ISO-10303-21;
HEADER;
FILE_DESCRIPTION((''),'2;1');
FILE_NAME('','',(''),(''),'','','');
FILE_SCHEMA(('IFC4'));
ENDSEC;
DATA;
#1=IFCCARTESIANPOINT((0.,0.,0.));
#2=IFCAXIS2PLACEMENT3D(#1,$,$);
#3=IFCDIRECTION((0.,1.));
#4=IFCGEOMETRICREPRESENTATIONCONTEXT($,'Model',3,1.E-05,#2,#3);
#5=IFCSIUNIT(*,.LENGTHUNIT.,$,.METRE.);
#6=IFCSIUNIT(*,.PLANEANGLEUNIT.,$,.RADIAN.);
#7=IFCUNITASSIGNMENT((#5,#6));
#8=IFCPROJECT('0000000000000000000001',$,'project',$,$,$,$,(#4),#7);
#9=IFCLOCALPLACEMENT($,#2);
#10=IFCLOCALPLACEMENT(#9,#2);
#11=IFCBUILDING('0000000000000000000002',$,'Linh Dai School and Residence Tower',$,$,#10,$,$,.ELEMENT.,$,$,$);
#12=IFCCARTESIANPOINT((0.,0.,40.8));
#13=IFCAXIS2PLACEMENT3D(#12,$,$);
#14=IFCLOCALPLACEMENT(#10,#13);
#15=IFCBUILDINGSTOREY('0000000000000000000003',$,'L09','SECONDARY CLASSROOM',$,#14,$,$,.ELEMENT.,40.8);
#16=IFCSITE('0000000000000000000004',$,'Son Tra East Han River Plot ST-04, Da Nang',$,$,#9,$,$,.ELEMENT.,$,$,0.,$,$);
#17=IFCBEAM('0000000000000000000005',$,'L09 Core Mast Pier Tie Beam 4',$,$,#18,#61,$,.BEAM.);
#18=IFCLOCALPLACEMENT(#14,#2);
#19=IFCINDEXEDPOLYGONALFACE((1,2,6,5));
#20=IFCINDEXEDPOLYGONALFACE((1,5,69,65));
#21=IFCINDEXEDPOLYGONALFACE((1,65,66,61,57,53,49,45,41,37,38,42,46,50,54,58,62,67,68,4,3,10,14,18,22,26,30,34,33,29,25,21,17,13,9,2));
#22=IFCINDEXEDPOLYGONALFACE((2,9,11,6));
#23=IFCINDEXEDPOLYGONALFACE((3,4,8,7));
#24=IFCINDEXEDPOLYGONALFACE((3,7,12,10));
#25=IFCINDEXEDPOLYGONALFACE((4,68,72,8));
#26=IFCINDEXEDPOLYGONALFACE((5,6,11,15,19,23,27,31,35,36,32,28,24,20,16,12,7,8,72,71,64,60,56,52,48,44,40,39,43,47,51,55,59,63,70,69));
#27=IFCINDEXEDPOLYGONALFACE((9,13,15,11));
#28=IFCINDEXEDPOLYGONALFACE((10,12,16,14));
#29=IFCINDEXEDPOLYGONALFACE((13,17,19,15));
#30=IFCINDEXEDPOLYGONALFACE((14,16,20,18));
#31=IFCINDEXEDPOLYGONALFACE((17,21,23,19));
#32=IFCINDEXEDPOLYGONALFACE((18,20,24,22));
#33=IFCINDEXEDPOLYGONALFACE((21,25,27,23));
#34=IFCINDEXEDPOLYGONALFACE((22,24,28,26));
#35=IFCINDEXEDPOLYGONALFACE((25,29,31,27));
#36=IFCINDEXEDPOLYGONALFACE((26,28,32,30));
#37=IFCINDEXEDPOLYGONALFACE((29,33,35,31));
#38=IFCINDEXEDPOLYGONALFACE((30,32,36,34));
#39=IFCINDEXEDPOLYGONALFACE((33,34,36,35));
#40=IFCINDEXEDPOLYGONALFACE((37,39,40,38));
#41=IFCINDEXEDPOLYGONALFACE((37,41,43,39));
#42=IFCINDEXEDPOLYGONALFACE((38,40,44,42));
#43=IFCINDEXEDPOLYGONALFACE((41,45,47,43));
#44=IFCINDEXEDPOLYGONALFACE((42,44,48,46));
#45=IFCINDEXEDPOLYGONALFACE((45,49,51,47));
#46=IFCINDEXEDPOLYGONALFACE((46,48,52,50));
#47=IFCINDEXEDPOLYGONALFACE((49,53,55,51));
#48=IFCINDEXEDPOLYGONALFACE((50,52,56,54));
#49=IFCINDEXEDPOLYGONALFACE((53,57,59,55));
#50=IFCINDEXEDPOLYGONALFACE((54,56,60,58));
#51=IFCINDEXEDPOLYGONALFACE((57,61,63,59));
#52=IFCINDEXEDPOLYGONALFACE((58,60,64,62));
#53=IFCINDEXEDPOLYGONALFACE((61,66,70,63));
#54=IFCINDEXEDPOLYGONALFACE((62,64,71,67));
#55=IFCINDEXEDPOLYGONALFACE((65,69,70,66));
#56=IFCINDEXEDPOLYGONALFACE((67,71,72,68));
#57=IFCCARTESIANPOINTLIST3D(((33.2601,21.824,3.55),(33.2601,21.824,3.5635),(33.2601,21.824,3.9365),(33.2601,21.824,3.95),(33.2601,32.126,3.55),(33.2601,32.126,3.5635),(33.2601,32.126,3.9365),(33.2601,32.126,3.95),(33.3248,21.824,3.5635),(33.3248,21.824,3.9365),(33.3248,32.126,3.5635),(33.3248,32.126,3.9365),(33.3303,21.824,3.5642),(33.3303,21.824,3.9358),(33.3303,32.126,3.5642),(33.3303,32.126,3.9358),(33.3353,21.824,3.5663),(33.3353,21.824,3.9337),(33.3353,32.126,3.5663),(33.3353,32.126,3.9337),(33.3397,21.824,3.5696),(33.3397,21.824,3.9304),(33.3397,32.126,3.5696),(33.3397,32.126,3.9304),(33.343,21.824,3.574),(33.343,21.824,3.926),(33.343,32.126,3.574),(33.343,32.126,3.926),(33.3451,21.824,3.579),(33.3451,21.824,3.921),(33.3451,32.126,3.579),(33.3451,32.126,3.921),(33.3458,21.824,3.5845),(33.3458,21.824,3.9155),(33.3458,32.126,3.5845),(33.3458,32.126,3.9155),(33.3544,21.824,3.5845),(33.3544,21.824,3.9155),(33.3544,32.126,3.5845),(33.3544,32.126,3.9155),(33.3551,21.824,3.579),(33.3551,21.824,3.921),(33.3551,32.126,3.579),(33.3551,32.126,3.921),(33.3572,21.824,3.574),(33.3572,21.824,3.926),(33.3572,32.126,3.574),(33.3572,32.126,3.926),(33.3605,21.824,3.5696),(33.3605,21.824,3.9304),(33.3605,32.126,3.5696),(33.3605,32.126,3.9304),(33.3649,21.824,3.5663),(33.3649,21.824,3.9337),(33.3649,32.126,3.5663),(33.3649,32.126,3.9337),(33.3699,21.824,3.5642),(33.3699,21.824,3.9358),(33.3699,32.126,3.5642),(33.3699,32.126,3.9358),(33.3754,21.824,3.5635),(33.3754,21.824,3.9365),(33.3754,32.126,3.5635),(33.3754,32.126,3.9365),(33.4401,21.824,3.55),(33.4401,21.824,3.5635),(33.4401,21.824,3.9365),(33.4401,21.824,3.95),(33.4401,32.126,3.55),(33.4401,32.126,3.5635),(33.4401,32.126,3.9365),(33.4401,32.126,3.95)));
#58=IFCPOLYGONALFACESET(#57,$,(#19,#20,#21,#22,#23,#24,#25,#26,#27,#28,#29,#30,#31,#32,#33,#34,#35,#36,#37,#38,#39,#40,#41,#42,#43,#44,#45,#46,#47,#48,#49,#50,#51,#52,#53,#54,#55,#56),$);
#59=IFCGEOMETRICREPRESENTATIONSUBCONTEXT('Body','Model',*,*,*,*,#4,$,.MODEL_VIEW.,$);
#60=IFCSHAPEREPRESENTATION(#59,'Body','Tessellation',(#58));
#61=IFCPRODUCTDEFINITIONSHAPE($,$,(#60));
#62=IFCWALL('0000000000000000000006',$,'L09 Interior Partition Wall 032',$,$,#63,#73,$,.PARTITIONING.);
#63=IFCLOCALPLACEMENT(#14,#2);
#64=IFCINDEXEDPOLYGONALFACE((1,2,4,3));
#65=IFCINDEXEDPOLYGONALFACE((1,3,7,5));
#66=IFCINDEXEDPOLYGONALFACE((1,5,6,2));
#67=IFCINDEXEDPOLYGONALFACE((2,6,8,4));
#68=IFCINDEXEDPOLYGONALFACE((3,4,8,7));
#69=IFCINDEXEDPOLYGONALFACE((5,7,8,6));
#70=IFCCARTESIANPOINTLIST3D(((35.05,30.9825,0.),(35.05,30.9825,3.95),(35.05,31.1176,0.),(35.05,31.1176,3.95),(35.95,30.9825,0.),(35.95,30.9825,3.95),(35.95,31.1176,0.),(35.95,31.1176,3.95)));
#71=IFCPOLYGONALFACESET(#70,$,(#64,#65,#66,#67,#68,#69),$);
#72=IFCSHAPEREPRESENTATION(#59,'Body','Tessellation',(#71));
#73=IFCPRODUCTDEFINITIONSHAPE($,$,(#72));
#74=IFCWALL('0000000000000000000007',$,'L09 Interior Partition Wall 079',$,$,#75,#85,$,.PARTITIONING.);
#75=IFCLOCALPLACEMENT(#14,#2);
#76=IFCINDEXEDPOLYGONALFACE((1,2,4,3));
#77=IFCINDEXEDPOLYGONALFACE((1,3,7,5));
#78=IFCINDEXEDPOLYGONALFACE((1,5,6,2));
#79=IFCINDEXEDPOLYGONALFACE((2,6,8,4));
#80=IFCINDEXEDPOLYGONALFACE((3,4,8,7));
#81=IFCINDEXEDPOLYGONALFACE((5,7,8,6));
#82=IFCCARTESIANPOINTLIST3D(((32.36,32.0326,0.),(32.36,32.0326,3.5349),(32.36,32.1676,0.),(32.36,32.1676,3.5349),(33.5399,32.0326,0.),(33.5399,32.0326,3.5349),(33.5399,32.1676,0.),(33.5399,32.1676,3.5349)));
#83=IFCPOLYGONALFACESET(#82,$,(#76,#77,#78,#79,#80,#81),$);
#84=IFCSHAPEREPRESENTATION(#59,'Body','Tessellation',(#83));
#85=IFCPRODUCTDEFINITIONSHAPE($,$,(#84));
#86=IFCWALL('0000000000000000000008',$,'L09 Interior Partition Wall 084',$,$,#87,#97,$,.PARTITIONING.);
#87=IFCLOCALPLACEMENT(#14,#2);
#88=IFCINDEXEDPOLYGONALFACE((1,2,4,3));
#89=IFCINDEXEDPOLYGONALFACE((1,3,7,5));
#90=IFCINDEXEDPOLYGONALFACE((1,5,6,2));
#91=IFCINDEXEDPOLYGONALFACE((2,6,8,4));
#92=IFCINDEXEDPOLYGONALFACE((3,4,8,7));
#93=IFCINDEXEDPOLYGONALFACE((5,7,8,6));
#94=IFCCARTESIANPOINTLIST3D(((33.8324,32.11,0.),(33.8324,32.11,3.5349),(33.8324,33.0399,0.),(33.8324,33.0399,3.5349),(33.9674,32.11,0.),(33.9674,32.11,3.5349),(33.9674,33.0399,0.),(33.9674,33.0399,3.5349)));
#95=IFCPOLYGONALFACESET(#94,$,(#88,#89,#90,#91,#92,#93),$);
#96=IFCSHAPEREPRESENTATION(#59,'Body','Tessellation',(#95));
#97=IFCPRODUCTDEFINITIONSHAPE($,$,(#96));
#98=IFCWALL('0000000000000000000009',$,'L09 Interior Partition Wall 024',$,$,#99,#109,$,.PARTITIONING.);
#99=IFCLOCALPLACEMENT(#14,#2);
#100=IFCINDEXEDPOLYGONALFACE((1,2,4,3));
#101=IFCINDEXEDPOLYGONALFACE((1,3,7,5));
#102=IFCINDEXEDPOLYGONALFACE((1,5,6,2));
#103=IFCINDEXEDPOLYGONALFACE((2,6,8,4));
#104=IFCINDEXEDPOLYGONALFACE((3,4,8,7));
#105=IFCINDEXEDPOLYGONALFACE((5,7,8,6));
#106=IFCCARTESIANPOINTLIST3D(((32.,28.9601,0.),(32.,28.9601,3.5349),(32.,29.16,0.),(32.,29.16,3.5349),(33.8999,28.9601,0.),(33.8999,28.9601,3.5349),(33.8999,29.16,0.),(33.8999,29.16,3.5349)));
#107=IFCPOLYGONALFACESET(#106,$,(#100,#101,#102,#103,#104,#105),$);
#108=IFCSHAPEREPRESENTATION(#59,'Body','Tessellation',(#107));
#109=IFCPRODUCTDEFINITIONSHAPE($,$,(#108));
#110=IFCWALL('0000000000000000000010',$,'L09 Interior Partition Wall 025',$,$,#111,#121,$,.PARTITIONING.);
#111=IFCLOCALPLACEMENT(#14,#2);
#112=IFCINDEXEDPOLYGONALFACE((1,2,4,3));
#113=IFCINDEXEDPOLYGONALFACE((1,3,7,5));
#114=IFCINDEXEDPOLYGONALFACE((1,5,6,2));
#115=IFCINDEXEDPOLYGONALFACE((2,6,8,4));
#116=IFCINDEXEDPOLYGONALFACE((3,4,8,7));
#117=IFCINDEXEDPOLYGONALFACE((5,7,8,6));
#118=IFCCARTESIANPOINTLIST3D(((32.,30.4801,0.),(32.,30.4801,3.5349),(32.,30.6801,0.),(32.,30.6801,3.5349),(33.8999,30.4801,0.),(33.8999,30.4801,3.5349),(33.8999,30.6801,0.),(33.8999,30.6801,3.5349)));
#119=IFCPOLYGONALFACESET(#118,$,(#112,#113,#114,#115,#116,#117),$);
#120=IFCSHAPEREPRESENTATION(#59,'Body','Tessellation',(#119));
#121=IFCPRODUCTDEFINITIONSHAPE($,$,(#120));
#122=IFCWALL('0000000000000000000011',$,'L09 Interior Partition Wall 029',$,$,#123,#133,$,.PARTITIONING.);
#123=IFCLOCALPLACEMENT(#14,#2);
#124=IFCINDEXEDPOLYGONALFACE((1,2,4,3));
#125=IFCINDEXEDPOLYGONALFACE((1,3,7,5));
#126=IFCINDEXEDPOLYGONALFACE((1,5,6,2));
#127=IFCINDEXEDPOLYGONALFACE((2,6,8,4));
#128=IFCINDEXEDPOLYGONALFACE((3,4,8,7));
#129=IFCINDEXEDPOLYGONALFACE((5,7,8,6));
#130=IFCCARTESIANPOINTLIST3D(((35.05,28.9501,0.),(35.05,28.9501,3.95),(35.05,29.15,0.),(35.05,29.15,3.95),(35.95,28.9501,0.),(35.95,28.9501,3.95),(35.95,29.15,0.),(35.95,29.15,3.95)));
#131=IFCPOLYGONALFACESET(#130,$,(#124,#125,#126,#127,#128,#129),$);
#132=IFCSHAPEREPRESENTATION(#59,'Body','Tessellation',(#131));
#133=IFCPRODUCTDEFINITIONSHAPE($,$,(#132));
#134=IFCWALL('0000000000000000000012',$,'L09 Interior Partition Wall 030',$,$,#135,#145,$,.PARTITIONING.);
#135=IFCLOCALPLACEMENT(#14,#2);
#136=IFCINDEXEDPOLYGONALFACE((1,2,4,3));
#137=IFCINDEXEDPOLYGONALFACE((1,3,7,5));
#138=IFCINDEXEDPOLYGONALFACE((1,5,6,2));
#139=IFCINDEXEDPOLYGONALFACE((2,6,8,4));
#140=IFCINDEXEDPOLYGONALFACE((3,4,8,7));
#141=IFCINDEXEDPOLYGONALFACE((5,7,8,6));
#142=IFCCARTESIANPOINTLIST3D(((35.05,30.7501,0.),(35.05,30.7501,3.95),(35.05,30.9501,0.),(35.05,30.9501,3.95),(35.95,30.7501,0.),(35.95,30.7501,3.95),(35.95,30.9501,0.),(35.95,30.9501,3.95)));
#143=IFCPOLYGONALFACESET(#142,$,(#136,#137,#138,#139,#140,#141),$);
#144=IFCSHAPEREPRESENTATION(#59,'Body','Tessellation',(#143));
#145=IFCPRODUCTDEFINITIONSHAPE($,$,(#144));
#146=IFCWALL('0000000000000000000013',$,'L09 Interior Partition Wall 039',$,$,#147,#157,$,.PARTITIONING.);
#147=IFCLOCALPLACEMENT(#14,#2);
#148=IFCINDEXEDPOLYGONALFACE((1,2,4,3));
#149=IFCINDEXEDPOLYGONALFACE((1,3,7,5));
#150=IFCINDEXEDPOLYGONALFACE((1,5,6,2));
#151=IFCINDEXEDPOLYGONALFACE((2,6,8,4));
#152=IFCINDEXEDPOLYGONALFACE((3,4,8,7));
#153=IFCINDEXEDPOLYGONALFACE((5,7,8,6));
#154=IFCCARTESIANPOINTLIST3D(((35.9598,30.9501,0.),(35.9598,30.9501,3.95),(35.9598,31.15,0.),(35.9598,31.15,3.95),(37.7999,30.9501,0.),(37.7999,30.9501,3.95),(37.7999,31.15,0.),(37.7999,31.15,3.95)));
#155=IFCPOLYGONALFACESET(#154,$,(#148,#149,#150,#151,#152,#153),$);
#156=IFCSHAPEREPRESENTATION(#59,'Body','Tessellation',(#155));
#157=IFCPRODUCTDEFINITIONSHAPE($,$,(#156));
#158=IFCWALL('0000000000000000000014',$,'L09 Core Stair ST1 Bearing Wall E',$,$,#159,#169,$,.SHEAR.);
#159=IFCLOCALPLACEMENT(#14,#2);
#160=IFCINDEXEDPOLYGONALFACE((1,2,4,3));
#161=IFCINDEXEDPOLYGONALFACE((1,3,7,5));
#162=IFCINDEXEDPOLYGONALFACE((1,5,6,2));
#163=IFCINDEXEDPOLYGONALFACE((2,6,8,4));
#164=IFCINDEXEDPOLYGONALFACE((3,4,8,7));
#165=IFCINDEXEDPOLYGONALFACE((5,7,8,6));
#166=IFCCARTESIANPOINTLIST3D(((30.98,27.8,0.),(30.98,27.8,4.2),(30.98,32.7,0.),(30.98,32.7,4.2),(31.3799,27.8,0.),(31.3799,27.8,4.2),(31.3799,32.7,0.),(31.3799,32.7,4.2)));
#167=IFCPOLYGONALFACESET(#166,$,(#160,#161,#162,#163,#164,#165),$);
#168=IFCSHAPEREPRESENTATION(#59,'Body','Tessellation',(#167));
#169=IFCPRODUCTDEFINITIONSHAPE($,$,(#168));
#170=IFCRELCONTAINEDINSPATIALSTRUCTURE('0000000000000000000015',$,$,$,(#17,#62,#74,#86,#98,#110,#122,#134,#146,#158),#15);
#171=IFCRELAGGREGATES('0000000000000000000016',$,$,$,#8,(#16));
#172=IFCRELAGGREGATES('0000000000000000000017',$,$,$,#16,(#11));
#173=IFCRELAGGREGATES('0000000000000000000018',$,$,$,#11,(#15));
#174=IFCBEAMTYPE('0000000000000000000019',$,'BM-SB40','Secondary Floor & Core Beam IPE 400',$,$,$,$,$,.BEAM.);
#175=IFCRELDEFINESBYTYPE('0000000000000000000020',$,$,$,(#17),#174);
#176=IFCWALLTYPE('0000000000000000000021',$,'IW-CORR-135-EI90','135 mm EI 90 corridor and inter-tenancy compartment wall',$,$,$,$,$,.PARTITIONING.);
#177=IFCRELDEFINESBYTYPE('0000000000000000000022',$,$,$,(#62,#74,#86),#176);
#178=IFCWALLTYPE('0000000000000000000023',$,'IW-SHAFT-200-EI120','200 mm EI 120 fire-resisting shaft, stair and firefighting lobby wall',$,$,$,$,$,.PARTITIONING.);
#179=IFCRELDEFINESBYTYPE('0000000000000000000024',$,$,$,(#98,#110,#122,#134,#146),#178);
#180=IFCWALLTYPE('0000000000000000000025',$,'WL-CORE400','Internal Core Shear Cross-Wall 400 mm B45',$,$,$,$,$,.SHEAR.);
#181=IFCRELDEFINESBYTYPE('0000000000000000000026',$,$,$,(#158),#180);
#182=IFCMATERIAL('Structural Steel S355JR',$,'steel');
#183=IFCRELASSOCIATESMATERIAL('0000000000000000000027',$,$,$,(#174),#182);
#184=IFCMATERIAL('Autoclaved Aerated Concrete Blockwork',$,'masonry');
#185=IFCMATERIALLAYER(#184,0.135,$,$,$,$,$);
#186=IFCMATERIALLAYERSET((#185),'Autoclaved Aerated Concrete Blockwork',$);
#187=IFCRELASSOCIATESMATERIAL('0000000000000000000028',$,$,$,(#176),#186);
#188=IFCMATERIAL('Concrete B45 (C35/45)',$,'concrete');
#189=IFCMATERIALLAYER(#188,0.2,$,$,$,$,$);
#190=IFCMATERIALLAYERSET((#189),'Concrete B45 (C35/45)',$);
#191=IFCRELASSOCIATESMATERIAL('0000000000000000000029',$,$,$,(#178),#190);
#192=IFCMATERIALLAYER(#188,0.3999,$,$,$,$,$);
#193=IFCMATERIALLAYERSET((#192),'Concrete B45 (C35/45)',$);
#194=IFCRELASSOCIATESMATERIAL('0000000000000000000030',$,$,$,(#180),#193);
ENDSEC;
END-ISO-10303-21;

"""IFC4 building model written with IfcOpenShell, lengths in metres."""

from ifc_helpers import new_model, si_unit, direction, frame, frame_2d, origin, origin_2d, place, context, subcontext, project, spatial, rectangle, i_section, extrude, material, layer, layer_set, material_profile, profile_set, type_object, element, save


model = new_model("IFC4")

# Units and contexts
model_context = context("Model", 3, precision=1e-05, world=origin(), true_north=direction((0.0, 1.0)))
body_context = subcontext(model_context, "Body", "Model", "MODEL_VIEW")
ifc_project = project(units=[si_unit("LENGTHUNIT", "METRE"), si_unit("PLANEANGLEUNIT", "RADIAN")], contexts=[model_context])

# Site, building, storey
site_placement = place(None, origin())
site = spatial("IfcSite", under=ifc_project, at=site_placement, Name="Son Tra East Han River Plot ST-04, Da Nang", CompositionType="ELEMENT", RefElevation=0.0)
building_placement = place(site_placement, origin())
building = spatial("IfcBuilding", under=site, at=building_placement, Name="Linh Dai School and Residence Tower", CompositionType="ELEMENT")
storey_placement = place(building_placement, frame((0.0, 0.0, 40.8)))
storey = spatial("IfcBuildingStorey", under=building, at=storey_placement, Name="L09", Description="SECONDARY CLASSROOM", CompositionType="ELEMENT", Elevation=40.8)

# Shared definitions
ifc_material_1 = material(Name="Structural Steel S355JR", Category="steel")

# Beam
ifc_material_profile_1 = material_profile(ifc_material_1, i_section(OverallWidth=0.1799, OverallDepth=0.3999, WebThickness=0.0085, FlangeThickness=0.0134, FilletRadius=0.021, at=origin_2d()), Name="IPE 400")
ifc_profile_set_1 = profile_set([ifc_material_profile_1], Name="Structural Steel S355JR")
beam_type_1 = type_object("IfcBeamType", Name="BM-SB40", Description="Secondary Floor & Core Beam IPE 400", PredefinedType="BEAM", material=ifc_profile_set_1)
beam_1_placement = place(storey_placement, frame((33.3501, 32.126, 3.75), z_axis=(0.0, -1.0, 0.0), x_axis=(1.0, 0.0, 0.0)))
element("IfcBeam", 1, at=beam_1_placement, inside=storey, type_object=beam_type_1, Name="L09 Core Mast Pier Tie Beam 4", PredefinedType="BEAM", context=body_context, shape_type="SweptSolid", body=[
    extrude(i_section(OverallWidth=0.1799, OverallDepth=0.3999, WebThickness=0.0085, FlangeThickness=0.0134, FilletRadius=0.021, at=origin_2d()), origin(), (0.0, 0.0, 1.0), 10.302),
])

# Shared definitions
ifc_material_2 = material(Name="Autoclaved Aerated Concrete Blockwork", Category="masonry")
ifc_layer_1 = layer(ifc_material_2, 0.135)
ifc_layer_set_1 = layer_set([ifc_layer_1], Name="Autoclaved Aerated Concrete Blockwork")
wall_type_1 = type_object("IfcWallType", Name="IW-CORR-135-EI90", Description="135 mm EI 90 corridor and inter-tenancy compartment wall", PredefinedType="PARTITIONING", material=ifc_layer_set_1)

# Walls
wall_1_placement = place(storey_placement, frame((35.05, 31.05, 0.0), z_axis=(0.0, 0.0, 1.0), x_axis=(1.0, 0.0, 0.0)))
element("IfcWall", 2, at=wall_1_placement, inside=storey, type_object=wall_type_1, Name="L09 Interior Partition Wall 032", PredefinedType="PARTITIONING", context=body_context, shape_type="SweptSolid", body=[
    extrude(rectangle(XDim=0.8999, YDim=0.135, at=frame_2d((0.45, 0.0))), origin(), (0.0, 0.0, 1.0), 3.95),
])
wall_2_placement = place(storey_placement, frame((32.3601, 32.1001, 0.0), z_axis=(0.0, 0.0, 1.0), x_axis=(1.0, 0.0, 0.0)))
element("IfcWall", 3, at=wall_2_placement, inside=storey, type_object=wall_type_1, Name="L09 Interior Partition Wall 079", PredefinedType="PARTITIONING", context=body_context, shape_type="SweptSolid", body=[
    extrude(rectangle(XDim=1.1799, YDim=0.135, at=frame_2d((0.5898, 0.0))), origin(), (0.0, 0.0, 1.0), 3.5349),
])
wall_3_placement = place(storey_placement, frame((33.8999, 32.1101, 0.0), z_axis=(0.0, 0.0, 1.0), x_axis=(0.0, 1.0, 0.0)))
element("IfcWall", 4, at=wall_3_placement, inside=storey, type_object=wall_type_1, Name="L09 Interior Partition Wall 084", PredefinedType="PARTITIONING", context=body_context, shape_type="SweptSolid", body=[
    extrude(rectangle(XDim=0.9299, YDim=0.135, at=frame_2d((0.4648, 0.0))), origin(), (0.0, 0.0, 1.0), 3.5349),
])

# Shared definitions
ifc_material_3 = material(Name="Concrete B45 (C35/45)", Category="concrete")
ifc_layer_2 = layer(ifc_material_3, 0.2)
ifc_layer_set_2 = layer_set([ifc_layer_2], Name="Concrete B45 (C35/45)")
wall_type_2 = type_object("IfcWallType", Name="IW-SHAFT-200-EI120", Description="200 mm EI 120 fire-resisting shaft, stair and firefighting lobby wall", PredefinedType="PARTITIONING", material=ifc_layer_set_2)

# Walls
for number, where, z_axis, x_axis, name in (
    (5, (32.0, 29.0601, 0.0), (0.0, 0.0, 1.0), (1.0, 0.0, 0.0), "L09 Interior Partition Wall 024"),
    (6, (32.0, 30.5801, 0.0), (0.0, 0.0, 1.0), (1.0, 0.0, 0.0), "L09 Interior Partition Wall 025"),
):
    element("IfcWall", number, at=place(storey_placement, frame(where, z_axis=z_axis, x_axis=x_axis)), inside=storey, type_object=wall_type_2, Name=name, PredefinedType="PARTITIONING", context=body_context, shape_type="SweptSolid", body=[
        extrude(rectangle(XDim=1.8999, YDim=0.2, at=frame_2d((0.95, 0.0))), origin(), (0.0, 0.0, 1.0), 3.5349),
    ])
for number, where, z_axis, x_axis, name in (
    (7, (35.05, 29.05, 0.0), (0.0, 0.0, 1.0), (1.0, 0.0, 0.0), "L09 Interior Partition Wall 029"),
    (8, (35.05, 30.8501, 0.0), (0.0, 0.0, 1.0), (1.0, 0.0, 0.0), "L09 Interior Partition Wall 030"),
):
    element("IfcWall", number, at=place(storey_placement, frame(where, z_axis=z_axis, x_axis=x_axis)), inside=storey, type_object=wall_type_2, Name=name, PredefinedType="PARTITIONING", context=body_context, shape_type="SweptSolid", body=[
        extrude(rectangle(XDim=0.8999, YDim=0.2, at=frame_2d((0.45, 0.0))), origin(), (0.0, 0.0, 1.0), 3.95),
    ])

# Walls
wall_4_placement = place(storey_placement, frame((35.96, 31.05, 0.0), z_axis=(0.0, 0.0, 1.0), x_axis=(1.0, 0.0, 0.0)))
element("IfcWall", 9, at=wall_4_placement, inside=storey, type_object=wall_type_2, Name="L09 Interior Partition Wall 039", PredefinedType="PARTITIONING", context=body_context, shape_type="SweptSolid", body=[
    extrude(rectangle(XDim=1.8401, YDim=0.2, at=frame_2d((0.9199, 0.0))), origin(), (0.0, 0.0, 1.0), 3.95),
])
ifc_layer_3 = layer(ifc_material_3, 0.3999)
ifc_layer_set_3 = layer_set([ifc_layer_3], Name="Concrete B45 (C35/45)")
wall_type_3 = type_object("IfcWallType", Name="WL-CORE400", Description="Internal Core Shear Cross-Wall 400 mm B45", PredefinedType="SHEAR", material=ifc_layer_set_3)
wall_5_placement = place(storey_placement, frame((31.1799, 27.8, 0.0), z_axis=(0.0, 0.0, 1.0), x_axis=(0.0, 1.0, 0.0)))
element("IfcWall", 10, at=wall_5_placement, inside=storey, type_object=wall_type_3, Name="L09 Core Stair ST1 Bearing Wall E", PredefinedType="SHEAR", context=body_context, shape_type="SweptSolid", body=[
    extrude(rectangle(XDim=4.8999, YDim=0.3999, at=frame_2d((2.45, 0.0))), origin(), (0.0, 0.0, 1.0), 4.2),
])

save(model, "model.ifc")
